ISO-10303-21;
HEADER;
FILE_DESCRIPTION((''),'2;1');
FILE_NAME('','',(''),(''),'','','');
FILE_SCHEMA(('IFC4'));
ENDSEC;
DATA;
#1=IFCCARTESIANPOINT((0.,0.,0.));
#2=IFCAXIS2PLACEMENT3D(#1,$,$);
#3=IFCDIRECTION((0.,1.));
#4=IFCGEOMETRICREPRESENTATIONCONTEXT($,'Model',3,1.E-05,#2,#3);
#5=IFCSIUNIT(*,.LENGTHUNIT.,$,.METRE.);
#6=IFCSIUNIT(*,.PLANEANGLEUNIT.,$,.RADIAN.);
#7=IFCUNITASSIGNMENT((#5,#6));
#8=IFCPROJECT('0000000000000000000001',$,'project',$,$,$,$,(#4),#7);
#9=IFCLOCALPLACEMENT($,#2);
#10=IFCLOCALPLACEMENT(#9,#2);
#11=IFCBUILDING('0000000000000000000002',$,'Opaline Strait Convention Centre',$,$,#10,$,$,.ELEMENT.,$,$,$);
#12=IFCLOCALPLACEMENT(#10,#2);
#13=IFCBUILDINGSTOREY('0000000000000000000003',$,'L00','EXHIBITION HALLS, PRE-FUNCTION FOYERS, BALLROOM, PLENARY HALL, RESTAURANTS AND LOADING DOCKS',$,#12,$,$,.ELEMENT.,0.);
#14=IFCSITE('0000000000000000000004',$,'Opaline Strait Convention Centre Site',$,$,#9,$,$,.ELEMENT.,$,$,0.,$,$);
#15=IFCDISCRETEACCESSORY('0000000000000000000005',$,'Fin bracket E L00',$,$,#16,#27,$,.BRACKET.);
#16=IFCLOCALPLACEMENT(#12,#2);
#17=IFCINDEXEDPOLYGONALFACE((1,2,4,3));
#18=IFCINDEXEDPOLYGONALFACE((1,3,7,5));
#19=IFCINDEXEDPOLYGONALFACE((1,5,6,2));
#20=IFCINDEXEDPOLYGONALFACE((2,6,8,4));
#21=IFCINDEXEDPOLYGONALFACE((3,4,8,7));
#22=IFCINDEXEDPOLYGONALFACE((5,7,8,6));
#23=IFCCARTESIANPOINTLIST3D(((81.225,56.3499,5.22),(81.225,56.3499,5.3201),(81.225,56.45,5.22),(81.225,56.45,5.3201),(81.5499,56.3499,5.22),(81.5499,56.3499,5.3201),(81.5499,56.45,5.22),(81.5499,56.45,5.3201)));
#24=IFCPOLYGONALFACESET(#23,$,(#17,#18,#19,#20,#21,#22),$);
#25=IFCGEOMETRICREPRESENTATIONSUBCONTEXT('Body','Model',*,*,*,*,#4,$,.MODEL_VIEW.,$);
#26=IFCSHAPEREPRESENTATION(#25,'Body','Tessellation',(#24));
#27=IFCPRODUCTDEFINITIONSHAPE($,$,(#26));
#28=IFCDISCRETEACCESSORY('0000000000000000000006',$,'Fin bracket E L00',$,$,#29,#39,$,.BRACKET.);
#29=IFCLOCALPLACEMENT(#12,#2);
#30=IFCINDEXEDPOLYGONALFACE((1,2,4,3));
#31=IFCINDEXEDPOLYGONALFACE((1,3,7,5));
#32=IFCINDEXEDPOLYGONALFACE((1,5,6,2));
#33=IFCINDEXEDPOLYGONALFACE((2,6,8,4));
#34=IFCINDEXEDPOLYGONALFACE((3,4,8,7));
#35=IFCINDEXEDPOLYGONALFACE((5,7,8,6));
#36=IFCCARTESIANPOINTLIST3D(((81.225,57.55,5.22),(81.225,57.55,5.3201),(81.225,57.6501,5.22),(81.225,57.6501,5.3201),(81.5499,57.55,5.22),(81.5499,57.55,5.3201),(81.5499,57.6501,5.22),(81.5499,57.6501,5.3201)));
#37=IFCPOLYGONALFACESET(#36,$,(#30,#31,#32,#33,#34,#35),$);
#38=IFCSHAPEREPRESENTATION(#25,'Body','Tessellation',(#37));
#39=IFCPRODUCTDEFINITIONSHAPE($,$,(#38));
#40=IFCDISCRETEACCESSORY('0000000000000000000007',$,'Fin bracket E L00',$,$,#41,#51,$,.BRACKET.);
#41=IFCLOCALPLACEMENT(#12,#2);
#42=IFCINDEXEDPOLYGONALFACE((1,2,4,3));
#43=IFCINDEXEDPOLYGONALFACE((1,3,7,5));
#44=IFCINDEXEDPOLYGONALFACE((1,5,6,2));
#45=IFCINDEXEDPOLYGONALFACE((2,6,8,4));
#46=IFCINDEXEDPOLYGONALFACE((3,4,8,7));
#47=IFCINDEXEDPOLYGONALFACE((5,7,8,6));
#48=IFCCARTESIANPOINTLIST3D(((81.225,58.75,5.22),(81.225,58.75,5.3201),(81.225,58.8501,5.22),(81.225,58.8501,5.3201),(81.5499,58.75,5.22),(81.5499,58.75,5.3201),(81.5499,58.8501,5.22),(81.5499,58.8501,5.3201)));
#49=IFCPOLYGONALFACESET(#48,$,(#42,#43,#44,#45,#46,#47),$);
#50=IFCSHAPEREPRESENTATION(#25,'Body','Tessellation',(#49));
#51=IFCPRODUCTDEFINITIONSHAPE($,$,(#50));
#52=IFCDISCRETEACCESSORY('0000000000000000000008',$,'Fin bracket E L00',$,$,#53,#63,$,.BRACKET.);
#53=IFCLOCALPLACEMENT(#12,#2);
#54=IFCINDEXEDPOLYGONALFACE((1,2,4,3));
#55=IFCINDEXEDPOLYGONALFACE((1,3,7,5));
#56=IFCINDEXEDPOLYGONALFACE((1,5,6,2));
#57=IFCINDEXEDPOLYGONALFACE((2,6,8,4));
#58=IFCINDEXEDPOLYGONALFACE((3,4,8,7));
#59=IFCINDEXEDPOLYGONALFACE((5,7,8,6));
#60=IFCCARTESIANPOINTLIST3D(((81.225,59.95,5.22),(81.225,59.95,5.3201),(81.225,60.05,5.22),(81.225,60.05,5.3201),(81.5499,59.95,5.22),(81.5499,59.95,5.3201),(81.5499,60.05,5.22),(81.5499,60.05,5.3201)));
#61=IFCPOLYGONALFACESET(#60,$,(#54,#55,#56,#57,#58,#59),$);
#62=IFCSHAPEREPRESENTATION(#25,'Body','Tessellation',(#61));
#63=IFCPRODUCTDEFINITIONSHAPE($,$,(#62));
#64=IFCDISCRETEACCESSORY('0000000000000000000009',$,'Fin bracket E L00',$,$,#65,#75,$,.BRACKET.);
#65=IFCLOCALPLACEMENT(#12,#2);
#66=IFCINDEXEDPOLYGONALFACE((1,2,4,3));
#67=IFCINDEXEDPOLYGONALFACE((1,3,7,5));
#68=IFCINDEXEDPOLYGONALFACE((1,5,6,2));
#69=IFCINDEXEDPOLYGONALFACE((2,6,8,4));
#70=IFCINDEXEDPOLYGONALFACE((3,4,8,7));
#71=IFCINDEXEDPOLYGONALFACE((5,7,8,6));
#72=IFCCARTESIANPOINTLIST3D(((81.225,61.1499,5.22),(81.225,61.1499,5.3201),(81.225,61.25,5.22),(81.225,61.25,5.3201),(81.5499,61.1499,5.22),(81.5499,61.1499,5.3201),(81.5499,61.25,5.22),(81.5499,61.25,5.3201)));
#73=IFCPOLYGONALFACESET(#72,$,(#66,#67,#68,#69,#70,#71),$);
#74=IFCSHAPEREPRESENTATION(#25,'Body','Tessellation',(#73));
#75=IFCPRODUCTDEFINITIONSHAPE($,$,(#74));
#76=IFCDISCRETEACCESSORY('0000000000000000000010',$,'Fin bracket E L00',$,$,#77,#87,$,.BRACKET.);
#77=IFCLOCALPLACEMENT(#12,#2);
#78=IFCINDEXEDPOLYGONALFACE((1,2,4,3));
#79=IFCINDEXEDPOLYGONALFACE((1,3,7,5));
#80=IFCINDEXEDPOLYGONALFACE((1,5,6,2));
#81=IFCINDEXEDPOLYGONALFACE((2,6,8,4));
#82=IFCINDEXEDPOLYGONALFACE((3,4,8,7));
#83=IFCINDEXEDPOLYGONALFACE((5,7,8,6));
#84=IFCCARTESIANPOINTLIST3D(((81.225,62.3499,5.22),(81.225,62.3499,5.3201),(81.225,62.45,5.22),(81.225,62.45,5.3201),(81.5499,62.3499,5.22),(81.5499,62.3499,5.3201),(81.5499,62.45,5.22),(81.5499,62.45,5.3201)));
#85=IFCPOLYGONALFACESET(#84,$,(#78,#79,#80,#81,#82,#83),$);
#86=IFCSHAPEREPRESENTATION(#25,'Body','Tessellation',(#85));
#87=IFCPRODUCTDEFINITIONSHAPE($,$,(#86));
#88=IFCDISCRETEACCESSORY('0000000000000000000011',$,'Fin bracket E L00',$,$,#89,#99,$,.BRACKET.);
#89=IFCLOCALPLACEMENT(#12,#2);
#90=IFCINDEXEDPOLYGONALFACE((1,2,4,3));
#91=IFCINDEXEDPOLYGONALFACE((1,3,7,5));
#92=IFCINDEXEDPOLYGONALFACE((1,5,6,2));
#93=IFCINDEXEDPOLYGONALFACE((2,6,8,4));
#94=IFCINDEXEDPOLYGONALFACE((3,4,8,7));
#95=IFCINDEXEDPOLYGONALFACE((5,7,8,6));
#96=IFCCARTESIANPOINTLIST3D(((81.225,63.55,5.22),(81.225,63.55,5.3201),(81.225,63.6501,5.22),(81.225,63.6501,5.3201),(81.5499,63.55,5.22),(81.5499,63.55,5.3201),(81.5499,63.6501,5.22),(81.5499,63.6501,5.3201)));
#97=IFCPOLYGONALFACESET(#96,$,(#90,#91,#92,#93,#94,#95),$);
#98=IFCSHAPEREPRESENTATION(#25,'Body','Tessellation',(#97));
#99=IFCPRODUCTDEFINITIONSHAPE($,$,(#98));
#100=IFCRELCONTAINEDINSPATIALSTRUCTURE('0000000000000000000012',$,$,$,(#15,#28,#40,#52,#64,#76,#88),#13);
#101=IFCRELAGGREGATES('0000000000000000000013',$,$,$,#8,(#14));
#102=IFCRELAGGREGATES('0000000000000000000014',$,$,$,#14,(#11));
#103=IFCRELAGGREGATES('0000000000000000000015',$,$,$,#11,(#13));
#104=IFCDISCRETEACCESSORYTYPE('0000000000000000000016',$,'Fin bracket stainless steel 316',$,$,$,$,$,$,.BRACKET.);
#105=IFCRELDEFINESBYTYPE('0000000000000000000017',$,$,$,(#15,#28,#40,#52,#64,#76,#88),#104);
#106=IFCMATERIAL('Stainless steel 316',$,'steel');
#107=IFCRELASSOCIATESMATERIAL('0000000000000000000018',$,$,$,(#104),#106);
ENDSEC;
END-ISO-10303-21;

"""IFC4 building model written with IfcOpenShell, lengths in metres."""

from ifc_helpers import new_model, si_unit, direction, frame, origin, origin_2d, place, context, subcontext, project, spatial, rectangle, extrude, material, type_object, element, save


model = new_model("IFC4")

# Units and contexts
model_context = context("Model", 3, precision=1e-05, world=origin(), true_north=direction((0.0, 1.0)))
body_context = subcontext(model_context, "Body", "Model", "MODEL_VIEW")
ifc_project = project(units=[si_unit("LENGTHUNIT", "METRE"), si_unit("PLANEANGLEUNIT", "RADIAN")], contexts=[model_context])

# Site, building, storey
site_placement = place(None, origin())
site = spatial("IfcSite", under=ifc_project, at=site_placement, Name="Opaline Strait Convention Centre Site", CompositionType="ELEMENT", RefElevation=0.0)
building_placement = place(site_placement, origin())
building = spatial("IfcBuilding", under=site, at=building_placement, Name="Opaline Strait Convention Centre", CompositionType="ELEMENT")
storey_placement = place(building_placement, origin())
storey = spatial("IfcBuildingStorey", under=building, at=storey_placement, Name="L00", Description="EXHIBITION HALLS, PRE-FUNCTION FOYERS, BALLROOM, PLENARY HALL, RESTAURANTS AND LOADING DOCKS", CompositionType="ELEMENT", Elevation=0.0)

# Discrete accessories
ifc_material_1 = material(Name="Stainless steel 316", Category="steel")
discrete_accessory_type = type_object("IfcDiscreteAccessoryType", Name="Fin bracket stainless steel 316", PredefinedType="BRACKET", material=ifc_material_1)
for number, where, z_axis, x_axis, name in (
    (1, (81.3875, 56.3999, 5.22), (0.0, 0.0, 1.0), (1.0, 0.0, 0.0), "Fin bracket E L00"),
    (2, (81.3875, 57.6001, 5.22), (0.0, 0.0, 1.0), (1.0, 0.0, 0.0), "Fin bracket E L00"),
    (3, (81.3875, 58.8, 5.22), (0.0, 0.0, 1.0), (1.0, 0.0, 0.0), "Fin bracket E L00"),
    (4, (81.3875, 60.0, 5.22), (0.0, 0.0, 1.0), (1.0, 0.0, 0.0), "Fin bracket E L00"),
    (5, (81.3875, 61.2, 5.22), (0.0, 0.0, 1.0), (1.0, 0.0, 0.0), "Fin bracket E L00"),
    (6, (81.3875, 62.3999, 5.22), (0.0, 0.0, 1.0), (1.0, 0.0, 0.0), "Fin bracket E L00"),
    (7, (81.3875, 63.6001, 5.22), (0.0, 0.0, 1.0), (1.0, 0.0, 0.0), "Fin bracket E L00"),
):
    element("IfcDiscreteAccessory", number, at=place(storey_placement, frame(where, z_axis=z_axis, x_axis=x_axis)), inside=storey, type_object=discrete_accessory_type, Name=name, PredefinedType="BRACKET", context=body_context, shape_type="SweptSolid", body=[
        extrude(rectangle(XDim=0.325, YDim=0.1001, at=origin_2d()), origin(), (0.0, 0.0, 1.0), 0.1001),
    ])

save(model, "model.ifc")
